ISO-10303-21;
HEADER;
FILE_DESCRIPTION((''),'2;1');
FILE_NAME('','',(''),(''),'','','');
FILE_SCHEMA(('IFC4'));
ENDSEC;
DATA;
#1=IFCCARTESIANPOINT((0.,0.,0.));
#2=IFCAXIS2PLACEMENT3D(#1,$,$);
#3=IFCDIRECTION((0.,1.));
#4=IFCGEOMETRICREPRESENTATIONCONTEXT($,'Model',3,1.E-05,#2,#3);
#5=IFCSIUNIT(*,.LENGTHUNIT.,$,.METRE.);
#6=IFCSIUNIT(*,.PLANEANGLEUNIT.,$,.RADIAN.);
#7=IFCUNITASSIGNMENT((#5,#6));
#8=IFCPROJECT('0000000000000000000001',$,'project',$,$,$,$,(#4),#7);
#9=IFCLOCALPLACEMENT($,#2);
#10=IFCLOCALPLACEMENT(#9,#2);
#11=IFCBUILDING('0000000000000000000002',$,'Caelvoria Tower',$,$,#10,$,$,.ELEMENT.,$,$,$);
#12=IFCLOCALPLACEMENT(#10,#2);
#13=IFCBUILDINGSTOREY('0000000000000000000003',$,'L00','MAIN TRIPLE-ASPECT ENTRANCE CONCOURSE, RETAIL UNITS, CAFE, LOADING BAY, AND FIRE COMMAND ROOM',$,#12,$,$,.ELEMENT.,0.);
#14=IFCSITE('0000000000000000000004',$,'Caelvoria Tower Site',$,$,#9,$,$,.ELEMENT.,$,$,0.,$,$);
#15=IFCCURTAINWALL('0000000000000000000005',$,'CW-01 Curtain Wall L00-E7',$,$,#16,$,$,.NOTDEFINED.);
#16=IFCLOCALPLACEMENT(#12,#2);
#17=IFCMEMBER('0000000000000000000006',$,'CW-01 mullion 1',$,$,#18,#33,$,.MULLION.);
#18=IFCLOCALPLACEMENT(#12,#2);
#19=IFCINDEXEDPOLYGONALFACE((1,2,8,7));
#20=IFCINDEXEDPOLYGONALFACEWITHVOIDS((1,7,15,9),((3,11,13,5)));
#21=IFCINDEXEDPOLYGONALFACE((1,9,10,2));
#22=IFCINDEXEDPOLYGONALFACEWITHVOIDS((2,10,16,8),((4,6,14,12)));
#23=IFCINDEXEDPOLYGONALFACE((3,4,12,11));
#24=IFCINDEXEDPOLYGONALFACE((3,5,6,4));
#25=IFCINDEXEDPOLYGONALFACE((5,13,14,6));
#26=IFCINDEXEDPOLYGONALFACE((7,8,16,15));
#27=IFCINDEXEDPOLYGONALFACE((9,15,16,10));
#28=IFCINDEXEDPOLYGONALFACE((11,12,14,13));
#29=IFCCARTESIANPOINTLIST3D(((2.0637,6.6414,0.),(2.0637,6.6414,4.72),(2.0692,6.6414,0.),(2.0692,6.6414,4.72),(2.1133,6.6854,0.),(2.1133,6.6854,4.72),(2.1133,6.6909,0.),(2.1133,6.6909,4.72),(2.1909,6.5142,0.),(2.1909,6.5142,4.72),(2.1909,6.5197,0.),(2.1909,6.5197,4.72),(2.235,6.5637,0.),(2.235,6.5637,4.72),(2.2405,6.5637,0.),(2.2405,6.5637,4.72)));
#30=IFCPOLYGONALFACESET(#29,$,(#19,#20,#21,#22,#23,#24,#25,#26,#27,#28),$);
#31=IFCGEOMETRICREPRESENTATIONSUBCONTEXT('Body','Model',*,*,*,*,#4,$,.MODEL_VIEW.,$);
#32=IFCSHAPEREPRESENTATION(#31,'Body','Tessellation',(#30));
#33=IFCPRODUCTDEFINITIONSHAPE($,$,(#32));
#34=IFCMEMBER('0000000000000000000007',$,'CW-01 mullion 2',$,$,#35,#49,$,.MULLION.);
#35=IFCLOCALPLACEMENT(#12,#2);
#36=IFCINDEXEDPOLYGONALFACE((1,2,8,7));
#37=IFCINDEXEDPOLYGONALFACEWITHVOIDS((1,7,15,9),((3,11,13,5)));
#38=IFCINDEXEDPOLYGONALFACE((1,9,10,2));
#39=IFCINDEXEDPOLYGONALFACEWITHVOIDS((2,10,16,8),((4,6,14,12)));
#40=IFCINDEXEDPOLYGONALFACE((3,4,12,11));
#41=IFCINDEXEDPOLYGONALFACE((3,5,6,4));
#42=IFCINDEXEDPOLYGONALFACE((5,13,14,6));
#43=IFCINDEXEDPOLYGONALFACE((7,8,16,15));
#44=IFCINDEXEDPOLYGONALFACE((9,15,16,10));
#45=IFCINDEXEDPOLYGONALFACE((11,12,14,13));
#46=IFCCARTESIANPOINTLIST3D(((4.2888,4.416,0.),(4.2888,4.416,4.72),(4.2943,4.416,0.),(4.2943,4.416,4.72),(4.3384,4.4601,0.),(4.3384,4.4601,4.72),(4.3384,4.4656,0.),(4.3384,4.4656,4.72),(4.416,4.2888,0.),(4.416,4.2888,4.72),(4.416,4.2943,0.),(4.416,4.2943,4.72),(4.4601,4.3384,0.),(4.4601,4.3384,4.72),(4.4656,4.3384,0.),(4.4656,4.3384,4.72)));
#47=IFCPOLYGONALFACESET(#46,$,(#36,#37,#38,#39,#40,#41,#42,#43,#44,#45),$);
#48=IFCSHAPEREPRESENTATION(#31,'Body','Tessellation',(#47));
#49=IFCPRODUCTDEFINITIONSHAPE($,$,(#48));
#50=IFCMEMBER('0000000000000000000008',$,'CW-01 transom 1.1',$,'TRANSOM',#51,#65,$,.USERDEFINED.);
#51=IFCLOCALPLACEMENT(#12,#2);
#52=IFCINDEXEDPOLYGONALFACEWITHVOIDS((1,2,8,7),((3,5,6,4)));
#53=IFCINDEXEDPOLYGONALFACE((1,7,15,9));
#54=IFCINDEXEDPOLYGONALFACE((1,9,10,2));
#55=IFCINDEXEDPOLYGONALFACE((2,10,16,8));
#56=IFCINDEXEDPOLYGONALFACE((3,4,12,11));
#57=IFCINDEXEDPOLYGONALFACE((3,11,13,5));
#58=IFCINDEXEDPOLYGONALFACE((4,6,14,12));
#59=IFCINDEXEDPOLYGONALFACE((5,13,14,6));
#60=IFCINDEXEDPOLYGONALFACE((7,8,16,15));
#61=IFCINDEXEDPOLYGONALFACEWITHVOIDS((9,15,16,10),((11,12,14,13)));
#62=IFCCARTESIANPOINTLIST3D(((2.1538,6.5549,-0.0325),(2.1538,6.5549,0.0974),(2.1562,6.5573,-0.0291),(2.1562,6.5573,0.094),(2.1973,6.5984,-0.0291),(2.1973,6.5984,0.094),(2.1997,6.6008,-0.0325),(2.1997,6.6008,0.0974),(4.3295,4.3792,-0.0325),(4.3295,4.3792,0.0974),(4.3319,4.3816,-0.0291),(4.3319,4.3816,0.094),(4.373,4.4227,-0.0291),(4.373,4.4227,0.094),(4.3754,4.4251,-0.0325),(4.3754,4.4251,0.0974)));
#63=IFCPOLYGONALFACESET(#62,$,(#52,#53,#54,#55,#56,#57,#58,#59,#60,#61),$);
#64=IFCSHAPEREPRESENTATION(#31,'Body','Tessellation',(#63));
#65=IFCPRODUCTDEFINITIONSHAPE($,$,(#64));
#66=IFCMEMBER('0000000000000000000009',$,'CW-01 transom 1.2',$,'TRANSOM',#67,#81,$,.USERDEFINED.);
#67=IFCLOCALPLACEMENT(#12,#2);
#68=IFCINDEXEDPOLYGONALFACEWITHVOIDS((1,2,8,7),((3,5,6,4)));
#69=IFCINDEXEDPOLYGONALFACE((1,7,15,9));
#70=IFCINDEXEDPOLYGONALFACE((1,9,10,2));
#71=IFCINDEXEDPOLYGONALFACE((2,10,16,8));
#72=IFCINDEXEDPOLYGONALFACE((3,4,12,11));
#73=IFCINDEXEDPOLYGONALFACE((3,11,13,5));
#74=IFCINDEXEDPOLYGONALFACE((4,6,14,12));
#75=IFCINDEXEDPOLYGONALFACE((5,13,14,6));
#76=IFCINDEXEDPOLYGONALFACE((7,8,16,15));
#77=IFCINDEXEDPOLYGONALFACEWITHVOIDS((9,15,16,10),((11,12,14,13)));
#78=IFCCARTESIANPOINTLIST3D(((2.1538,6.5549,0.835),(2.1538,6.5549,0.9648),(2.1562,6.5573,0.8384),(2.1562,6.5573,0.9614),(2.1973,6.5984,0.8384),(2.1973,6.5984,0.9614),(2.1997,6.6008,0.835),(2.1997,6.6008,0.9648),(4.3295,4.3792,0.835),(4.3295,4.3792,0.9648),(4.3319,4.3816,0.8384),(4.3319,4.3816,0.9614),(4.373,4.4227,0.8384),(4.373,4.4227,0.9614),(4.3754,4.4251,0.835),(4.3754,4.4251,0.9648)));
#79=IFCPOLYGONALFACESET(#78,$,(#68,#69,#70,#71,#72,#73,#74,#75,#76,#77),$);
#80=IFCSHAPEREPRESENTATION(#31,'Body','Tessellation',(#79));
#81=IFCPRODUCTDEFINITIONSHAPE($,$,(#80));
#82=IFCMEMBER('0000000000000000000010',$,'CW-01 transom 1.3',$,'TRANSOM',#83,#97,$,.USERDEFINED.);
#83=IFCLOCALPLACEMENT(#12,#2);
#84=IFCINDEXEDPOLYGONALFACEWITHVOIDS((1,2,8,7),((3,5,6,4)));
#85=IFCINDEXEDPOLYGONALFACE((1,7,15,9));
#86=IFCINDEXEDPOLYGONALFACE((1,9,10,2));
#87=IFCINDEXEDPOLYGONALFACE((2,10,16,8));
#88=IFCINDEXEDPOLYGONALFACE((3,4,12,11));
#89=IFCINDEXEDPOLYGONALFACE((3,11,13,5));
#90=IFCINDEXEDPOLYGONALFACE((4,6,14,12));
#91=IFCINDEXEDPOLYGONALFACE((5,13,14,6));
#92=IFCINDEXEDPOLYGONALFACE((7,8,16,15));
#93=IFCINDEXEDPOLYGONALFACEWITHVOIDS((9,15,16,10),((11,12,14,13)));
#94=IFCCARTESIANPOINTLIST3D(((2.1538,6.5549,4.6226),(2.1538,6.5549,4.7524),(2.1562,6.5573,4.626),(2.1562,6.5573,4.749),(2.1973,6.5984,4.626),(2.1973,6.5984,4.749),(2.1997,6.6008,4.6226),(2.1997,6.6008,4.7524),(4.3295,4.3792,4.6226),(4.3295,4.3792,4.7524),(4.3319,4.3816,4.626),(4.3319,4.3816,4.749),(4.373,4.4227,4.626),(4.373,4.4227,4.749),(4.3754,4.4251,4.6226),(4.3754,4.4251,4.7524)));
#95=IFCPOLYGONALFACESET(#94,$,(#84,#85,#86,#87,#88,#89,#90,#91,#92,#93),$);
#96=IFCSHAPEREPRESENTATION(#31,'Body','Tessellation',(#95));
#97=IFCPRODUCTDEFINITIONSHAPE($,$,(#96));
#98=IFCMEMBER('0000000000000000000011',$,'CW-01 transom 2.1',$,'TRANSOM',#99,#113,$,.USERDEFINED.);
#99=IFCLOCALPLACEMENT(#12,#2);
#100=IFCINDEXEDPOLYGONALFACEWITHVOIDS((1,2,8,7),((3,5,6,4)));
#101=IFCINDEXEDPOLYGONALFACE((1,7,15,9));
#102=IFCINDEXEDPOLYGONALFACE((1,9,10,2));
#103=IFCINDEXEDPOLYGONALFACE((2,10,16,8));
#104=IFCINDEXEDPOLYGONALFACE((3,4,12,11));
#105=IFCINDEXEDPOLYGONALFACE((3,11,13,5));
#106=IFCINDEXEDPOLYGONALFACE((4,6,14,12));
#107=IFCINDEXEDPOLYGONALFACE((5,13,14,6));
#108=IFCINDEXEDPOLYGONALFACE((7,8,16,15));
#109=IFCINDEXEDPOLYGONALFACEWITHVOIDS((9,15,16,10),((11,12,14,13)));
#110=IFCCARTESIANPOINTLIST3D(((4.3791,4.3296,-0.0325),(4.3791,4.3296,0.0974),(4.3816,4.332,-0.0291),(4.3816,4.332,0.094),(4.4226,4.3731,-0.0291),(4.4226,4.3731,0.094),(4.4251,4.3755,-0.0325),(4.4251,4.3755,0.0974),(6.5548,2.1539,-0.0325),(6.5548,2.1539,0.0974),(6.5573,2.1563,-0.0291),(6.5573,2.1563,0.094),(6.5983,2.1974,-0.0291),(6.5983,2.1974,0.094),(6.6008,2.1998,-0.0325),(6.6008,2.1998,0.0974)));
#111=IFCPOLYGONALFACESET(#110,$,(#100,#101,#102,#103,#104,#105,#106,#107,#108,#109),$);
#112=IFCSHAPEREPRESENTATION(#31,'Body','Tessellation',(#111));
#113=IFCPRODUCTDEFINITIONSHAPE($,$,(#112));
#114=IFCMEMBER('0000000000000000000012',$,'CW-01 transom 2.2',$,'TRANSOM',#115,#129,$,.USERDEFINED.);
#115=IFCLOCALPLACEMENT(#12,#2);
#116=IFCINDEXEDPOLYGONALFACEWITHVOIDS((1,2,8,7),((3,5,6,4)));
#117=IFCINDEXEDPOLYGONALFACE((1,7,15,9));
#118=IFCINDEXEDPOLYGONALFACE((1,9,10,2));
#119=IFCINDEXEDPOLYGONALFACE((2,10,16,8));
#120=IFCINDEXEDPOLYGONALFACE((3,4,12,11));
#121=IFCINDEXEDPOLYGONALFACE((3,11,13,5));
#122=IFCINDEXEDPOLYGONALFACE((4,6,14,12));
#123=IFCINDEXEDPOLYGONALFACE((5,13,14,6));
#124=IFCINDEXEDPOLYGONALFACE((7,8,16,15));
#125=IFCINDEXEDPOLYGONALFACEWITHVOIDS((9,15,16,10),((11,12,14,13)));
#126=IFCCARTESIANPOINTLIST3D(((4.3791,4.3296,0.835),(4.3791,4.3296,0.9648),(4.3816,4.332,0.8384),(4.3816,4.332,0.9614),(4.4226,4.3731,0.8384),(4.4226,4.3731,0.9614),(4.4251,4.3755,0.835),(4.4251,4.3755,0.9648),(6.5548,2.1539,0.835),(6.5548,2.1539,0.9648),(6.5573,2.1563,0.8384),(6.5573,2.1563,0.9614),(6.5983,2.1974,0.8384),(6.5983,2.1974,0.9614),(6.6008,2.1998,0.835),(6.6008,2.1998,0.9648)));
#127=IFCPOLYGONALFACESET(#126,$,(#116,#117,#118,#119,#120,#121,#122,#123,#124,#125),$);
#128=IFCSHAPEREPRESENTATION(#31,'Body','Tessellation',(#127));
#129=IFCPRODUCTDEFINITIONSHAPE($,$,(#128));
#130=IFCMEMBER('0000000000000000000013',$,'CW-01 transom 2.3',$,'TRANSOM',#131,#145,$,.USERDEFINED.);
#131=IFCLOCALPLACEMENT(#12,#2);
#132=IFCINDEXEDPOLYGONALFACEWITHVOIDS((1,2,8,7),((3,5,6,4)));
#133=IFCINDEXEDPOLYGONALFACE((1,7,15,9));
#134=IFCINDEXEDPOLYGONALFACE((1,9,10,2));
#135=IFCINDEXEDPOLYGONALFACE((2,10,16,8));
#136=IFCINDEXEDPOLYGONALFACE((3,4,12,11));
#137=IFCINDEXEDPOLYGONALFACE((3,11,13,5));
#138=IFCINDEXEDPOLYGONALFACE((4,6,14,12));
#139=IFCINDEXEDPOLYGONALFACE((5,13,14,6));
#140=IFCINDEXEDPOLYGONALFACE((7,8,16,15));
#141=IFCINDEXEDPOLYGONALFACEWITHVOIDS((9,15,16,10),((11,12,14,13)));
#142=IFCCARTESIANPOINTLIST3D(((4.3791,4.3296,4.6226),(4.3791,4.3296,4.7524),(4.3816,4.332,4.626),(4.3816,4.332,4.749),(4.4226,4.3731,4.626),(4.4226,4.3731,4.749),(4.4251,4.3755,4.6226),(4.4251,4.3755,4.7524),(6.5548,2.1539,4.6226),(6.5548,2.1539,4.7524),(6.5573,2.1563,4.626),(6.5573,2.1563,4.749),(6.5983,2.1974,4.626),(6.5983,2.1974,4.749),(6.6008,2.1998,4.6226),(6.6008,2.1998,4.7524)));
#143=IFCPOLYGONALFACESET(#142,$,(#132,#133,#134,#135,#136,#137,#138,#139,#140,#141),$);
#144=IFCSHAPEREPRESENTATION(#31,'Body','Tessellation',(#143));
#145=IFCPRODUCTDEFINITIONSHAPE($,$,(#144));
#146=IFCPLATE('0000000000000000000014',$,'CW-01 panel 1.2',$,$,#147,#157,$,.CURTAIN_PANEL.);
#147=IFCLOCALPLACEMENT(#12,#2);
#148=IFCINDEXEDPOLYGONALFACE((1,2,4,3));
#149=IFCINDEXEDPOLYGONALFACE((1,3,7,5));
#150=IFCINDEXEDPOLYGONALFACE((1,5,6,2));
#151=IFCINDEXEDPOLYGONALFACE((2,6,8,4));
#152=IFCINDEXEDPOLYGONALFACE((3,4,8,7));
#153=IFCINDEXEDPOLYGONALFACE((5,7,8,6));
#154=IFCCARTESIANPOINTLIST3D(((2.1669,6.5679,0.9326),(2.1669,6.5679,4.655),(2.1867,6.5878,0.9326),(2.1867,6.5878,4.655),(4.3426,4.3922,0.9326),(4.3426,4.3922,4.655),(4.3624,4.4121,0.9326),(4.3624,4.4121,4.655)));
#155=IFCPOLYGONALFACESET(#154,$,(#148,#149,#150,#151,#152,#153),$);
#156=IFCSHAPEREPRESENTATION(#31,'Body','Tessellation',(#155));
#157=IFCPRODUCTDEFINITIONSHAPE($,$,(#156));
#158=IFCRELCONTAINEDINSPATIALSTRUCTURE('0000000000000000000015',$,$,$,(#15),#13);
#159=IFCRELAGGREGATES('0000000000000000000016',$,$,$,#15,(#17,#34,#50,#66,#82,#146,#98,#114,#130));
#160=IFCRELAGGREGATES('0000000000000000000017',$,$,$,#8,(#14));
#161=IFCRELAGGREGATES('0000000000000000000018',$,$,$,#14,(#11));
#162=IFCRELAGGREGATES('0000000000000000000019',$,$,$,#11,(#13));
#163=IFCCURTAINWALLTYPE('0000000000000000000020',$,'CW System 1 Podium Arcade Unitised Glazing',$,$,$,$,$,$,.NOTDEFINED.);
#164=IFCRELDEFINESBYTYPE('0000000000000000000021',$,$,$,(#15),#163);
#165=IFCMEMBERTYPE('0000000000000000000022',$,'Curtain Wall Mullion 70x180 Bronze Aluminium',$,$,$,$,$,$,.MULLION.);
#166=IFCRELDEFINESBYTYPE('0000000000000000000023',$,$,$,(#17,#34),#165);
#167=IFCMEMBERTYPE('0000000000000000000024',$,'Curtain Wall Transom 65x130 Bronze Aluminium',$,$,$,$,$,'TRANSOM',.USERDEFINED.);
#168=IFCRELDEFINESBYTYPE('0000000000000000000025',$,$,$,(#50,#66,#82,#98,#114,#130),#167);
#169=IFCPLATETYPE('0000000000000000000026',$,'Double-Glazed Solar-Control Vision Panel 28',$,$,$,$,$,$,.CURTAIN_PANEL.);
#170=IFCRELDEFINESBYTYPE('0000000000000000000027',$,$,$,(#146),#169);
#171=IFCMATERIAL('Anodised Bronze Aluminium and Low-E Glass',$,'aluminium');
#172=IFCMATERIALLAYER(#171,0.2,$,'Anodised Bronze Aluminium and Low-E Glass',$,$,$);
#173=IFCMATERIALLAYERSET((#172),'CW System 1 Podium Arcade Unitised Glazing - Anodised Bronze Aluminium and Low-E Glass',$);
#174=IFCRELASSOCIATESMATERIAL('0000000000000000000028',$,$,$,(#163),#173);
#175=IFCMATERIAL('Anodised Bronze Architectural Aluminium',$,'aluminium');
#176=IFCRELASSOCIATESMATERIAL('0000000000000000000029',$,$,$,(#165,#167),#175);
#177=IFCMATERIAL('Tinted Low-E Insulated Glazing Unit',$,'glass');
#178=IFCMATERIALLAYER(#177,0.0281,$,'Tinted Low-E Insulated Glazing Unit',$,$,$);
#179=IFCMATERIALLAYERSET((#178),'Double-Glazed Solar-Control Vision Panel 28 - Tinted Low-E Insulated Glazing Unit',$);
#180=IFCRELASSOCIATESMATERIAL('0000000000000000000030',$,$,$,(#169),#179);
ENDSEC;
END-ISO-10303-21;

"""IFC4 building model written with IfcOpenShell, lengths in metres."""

from ifc_helpers import new_model, si_unit, direction, frame, origin, origin_2d, place, context, subcontext, project, spatial, rectangle, hollow_rectangle, extrude, material, layer, layer_set, material_profile, profile_set, type_object, element, aggregate, save


model = new_model("IFC4")

# Units and contexts
model_context = context("Model", 3, precision=1e-05, world=origin(), true_north=direction((0.0, 1.0)))
body_context = subcontext(model_context, "Body", "Model", "MODEL_VIEW")
ifc_project = project(units=[si_unit("LENGTHUNIT", "METRE"), si_unit("PLANEANGLEUNIT", "RADIAN")], contexts=[model_context])

# Site, building, storey
site_placement = place(None, origin())
site = spatial("IfcSite", under=ifc_project, at=site_placement, Name="Caelvoria Tower Site", CompositionType="ELEMENT", RefElevation=0.0)
building_placement = place(site_placement, origin())
building = spatial("IfcBuilding", under=site, at=building_placement, Name="Caelvoria Tower", CompositionType="ELEMENT")
storey_placement = place(building_placement, origin())
storey = spatial("IfcBuildingStorey", under=building, at=storey_placement, Name="L00", Description="MAIN TRIPLE-ASPECT ENTRANCE CONCOURSE, RETAIL UNITS, CAFE, LOADING BAY, AND FIRE COMMAND ROOM", CompositionType="ELEMENT", Elevation=0.0)

# Curtain wall, members, plate
ifc_material_1 = material(Name="Anodised Bronze Aluminium and Low-E Glass", Category="aluminium")
ifc_layer_1 = layer(ifc_material_1, 0.2, Name="Anodised Bronze Aluminium and Low-E Glass")
ifc_layer_set_1 = layer_set([ifc_layer_1], Name="CW System 1 Podium Arcade Unitised Glazing - Anodised Bronze Aluminium and Low-E Glass")
curtain_wall_type = type_object("IfcCurtainWallType", Name="CW System 1 Podium Arcade Unitised Glazing", PredefinedType="NOTDEFINED", material=ifc_layer_set_1)
curtain_wall_placement = place(storey_placement, origin())
curtain_wall = element("IfcCurtainWall", 1, at=curtain_wall_placement, inside=storey, type_object=curtain_wall_type, Name="CW-01 Curtain Wall L00-E7", PredefinedType="NOTDEFINED")
ifc_material_2 = material(Name="Anodised Bronze Architectural Aluminium", Category="aluminium")
ifc_material_profile_1 = material_profile(ifc_material_2, hollow_rectangle(XDim=0.0701, YDim=0.1799, WallThickness=0.0039, at=origin_2d()), Name="Anodised Bronze Architectural Aluminium")
ifc_profile_set_1 = profile_set([ifc_material_profile_1], Name="CW_MULL_70X180 - Anodised Bronze Architectural Aluminium")
member_type_1 = type_object("IfcMemberType", Name="Curtain Wall Mullion 70x180 Bronze Aluminium", PredefinedType="MULLION", material=ifc_profile_set_1)
member_1_placement = place(storey_placement, frame((2.1521, 6.6025, 0.0), z_axis=(0.0, 0.0, 1.0), x_axis=(0.707107, 0.707107, 0.0)))
member_1 = element("IfcMember", 2, at=member_1_placement, type_object=member_type_1, Name="CW-01 mullion 1", PredefinedType="MULLION", context=body_context, shape_type="SweptSolid", body=[
    extrude(hollow_rectangle(XDim=0.0701, YDim=0.1799, WallThickness=0.0039, at=origin_2d()), origin(), (0.0, 0.0, 1.0), 4.72),
])
member_2_placement = place(storey_placement, frame((4.3772, 4.3772, 0.0), z_axis=(0.0, 0.0, 1.0), x_axis=(0.707107, 0.707107, 0.0)))
member_2 = element("IfcMember", 3, at=member_2_placement, type_object=member_type_1, Name="CW-01 mullion 2", PredefinedType="MULLION", context=body_context, shape_type="SweptSolid", body=[
    extrude(hollow_rectangle(XDim=0.0701, YDim=0.1799, WallThickness=0.0039, at=origin_2d()), origin(), (0.0, 0.0, 1.0), 4.72),
])
ifc_material_profile_2 = material_profile(ifc_material_2, hollow_rectangle(XDim=0.0649, YDim=0.1299, WallThickness=0.0034, at=origin_2d()), Name="Anodised Bronze Architectural Aluminium")
ifc_profile_set_2 = profile_set([ifc_material_profile_2], Name="CW_TRAN_65X130 - Anodised Bronze Architectural Aluminium")
member_type_2 = type_object("IfcMemberType", Name="Curtain Wall Transom 65x130 Bronze Aluminium", ElementType="TRANSOM", PredefinedType="USERDEFINED", material=ifc_profile_set_2)
member_3_placement = place(storey_placement, frame((2.1768, 6.5779, 0.0325), z_axis=(0.707107, -0.707107, 0.0), x_axis=(0.707107, 0.707107, 0.0)))
member_3 = element("IfcMember", 4, at=member_3_placement, type_object=member_type_2, Name="CW-01 transom 1.1", ObjectType="TRANSOM", PredefinedType="USERDEFINED", context=body_context, shape_type="SweptSolid", body=[
    extrude(hollow_rectangle(XDim=0.0649, YDim=0.1299, WallThickness=0.0034, at=origin_2d()), origin(), (0.0, 0.0, 1.0), 3.0769),
])
member_4_placement = place(storey_placement, frame((2.1768, 6.5779, 0.8999), z_axis=(0.707107, -0.707107, 0.0), x_axis=(0.707107, 0.707107, 0.0)))
member_4 = element("IfcMember", 5, at=member_4_placement, type_object=member_type_2, Name="CW-01 transom 1.2", ObjectType="TRANSOM", PredefinedType="USERDEFINED", context=body_context, shape_type="SweptSolid", body=[
    extrude(hollow_rectangle(XDim=0.0649, YDim=0.1299, WallThickness=0.0034, at=origin_2d()), origin(), (0.0, 0.0, 1.0), 3.0769),
])
member_5_placement = place(storey_placement, frame((2.1768, 6.5779, 4.6875), z_axis=(0.707107, -0.707107, 0.0), x_axis=(0.707107, 0.707107, 0.0)))
member_5 = element("IfcMember", 6, at=member_5_placement, type_object=member_type_2, Name="CW-01 transom 1.3", ObjectType="TRANSOM", PredefinedType="USERDEFINED", context=body_context, shape_type="SweptSolid", body=[
    extrude(hollow_rectangle(XDim=0.0649, YDim=0.1299, WallThickness=0.0034, at=origin_2d()), origin(), (0.0, 0.0, 1.0), 3.0769),
])
member_6_placement = place(storey_placement, frame((4.4021, 4.3525, 0.0325), z_axis=(0.707107, -0.707107, 0.0), x_axis=(0.707107, 0.707107, 0.0)))
member_6 = element("IfcMember", 7, at=member_6_placement, type_object=member_type_2, Name="CW-01 transom 2.1", ObjectType="TRANSOM", PredefinedType="USERDEFINED", context=body_context, shape_type="SweptSolid", body=[
    extrude(hollow_rectangle(XDim=0.0649, YDim=0.1299, WallThickness=0.0034, at=origin_2d()), origin(), (0.0, 0.0, 1.0), 3.0769),
])
member_7_placement = place(storey_placement, frame((4.4021, 4.3525, 0.8999), z_axis=(0.707107, -0.707107, 0.0), x_axis=(0.707107, 0.707107, 0.0)))
member_7 = element("IfcMember", 8, at=member_7_placement, type_object=member_type_2, Name="CW-01 transom 2.2", ObjectType="TRANSOM", PredefinedType="USERDEFINED", context=body_context, shape_type="SweptSolid", body=[
    extrude(hollow_rectangle(XDim=0.0649, YDim=0.1299, WallThickness=0.0034, at=origin_2d()), origin(), (0.0, 0.0, 1.0), 3.0769),
])
member_8_placement = place(storey_placement, frame((4.4021, 4.3525, 4.6875), z_axis=(0.707107, -0.707107, 0.0), x_axis=(0.707107, 0.707107, 0.0)))
member_8 = element("IfcMember", 9, at=member_8_placement, type_object=member_type_2, Name="CW-01 transom 2.3", ObjectType="TRANSOM", PredefinedType="USERDEFINED", context=body_context, shape_type="SweptSolid", body=[
    extrude(hollow_rectangle(XDim=0.0649, YDim=0.1299, WallThickness=0.0034, at=origin_2d()), origin(), (0.0, 0.0, 1.0), 3.0769),
])
ifc_material_3 = material(Name="Tinted Low-E Insulated Glazing Unit", Category="glass")
ifc_layer_2 = layer(ifc_material_3, 0.0281, Name="Tinted Low-E Insulated Glazing Unit")
ifc_layer_set_2 = layer_set([ifc_layer_2], Name="Double-Glazed Solar-Control Vision Panel 28 - Tinted Low-E Insulated Glazing Unit")
plate_type_1 = type_object("IfcPlateType", Name="Double-Glazed Solar-Control Vision Panel 28", PredefinedType="CURTAIN_PANEL", material=ifc_layer_set_2)
plate_1_placement = place(storey_placement, frame((3.2646, 5.49, 0.9326), z_axis=(0.0, 0.0, 1.0), x_axis=(0.707107, -0.707107, 0.0)))
plate_1 = element("IfcPlate", 10, at=plate_1_placement, type_object=plate_type_1, Name="CW-01 panel 1.2", PredefinedType="CURTAIN_PANEL", context=body_context, shape_type="SweptSolid", body=[
    extrude(rectangle(XDim=3.0769, YDim=0.0281, at=origin_2d()), origin(), (0.0, 0.0, 1.0), 3.7224),
])

aggregate(curtain_wall, [member_1, member_2, member_3, member_4, member_5, plate_1, member_6, member_7, member_8])

save(model, "model.ifc")
